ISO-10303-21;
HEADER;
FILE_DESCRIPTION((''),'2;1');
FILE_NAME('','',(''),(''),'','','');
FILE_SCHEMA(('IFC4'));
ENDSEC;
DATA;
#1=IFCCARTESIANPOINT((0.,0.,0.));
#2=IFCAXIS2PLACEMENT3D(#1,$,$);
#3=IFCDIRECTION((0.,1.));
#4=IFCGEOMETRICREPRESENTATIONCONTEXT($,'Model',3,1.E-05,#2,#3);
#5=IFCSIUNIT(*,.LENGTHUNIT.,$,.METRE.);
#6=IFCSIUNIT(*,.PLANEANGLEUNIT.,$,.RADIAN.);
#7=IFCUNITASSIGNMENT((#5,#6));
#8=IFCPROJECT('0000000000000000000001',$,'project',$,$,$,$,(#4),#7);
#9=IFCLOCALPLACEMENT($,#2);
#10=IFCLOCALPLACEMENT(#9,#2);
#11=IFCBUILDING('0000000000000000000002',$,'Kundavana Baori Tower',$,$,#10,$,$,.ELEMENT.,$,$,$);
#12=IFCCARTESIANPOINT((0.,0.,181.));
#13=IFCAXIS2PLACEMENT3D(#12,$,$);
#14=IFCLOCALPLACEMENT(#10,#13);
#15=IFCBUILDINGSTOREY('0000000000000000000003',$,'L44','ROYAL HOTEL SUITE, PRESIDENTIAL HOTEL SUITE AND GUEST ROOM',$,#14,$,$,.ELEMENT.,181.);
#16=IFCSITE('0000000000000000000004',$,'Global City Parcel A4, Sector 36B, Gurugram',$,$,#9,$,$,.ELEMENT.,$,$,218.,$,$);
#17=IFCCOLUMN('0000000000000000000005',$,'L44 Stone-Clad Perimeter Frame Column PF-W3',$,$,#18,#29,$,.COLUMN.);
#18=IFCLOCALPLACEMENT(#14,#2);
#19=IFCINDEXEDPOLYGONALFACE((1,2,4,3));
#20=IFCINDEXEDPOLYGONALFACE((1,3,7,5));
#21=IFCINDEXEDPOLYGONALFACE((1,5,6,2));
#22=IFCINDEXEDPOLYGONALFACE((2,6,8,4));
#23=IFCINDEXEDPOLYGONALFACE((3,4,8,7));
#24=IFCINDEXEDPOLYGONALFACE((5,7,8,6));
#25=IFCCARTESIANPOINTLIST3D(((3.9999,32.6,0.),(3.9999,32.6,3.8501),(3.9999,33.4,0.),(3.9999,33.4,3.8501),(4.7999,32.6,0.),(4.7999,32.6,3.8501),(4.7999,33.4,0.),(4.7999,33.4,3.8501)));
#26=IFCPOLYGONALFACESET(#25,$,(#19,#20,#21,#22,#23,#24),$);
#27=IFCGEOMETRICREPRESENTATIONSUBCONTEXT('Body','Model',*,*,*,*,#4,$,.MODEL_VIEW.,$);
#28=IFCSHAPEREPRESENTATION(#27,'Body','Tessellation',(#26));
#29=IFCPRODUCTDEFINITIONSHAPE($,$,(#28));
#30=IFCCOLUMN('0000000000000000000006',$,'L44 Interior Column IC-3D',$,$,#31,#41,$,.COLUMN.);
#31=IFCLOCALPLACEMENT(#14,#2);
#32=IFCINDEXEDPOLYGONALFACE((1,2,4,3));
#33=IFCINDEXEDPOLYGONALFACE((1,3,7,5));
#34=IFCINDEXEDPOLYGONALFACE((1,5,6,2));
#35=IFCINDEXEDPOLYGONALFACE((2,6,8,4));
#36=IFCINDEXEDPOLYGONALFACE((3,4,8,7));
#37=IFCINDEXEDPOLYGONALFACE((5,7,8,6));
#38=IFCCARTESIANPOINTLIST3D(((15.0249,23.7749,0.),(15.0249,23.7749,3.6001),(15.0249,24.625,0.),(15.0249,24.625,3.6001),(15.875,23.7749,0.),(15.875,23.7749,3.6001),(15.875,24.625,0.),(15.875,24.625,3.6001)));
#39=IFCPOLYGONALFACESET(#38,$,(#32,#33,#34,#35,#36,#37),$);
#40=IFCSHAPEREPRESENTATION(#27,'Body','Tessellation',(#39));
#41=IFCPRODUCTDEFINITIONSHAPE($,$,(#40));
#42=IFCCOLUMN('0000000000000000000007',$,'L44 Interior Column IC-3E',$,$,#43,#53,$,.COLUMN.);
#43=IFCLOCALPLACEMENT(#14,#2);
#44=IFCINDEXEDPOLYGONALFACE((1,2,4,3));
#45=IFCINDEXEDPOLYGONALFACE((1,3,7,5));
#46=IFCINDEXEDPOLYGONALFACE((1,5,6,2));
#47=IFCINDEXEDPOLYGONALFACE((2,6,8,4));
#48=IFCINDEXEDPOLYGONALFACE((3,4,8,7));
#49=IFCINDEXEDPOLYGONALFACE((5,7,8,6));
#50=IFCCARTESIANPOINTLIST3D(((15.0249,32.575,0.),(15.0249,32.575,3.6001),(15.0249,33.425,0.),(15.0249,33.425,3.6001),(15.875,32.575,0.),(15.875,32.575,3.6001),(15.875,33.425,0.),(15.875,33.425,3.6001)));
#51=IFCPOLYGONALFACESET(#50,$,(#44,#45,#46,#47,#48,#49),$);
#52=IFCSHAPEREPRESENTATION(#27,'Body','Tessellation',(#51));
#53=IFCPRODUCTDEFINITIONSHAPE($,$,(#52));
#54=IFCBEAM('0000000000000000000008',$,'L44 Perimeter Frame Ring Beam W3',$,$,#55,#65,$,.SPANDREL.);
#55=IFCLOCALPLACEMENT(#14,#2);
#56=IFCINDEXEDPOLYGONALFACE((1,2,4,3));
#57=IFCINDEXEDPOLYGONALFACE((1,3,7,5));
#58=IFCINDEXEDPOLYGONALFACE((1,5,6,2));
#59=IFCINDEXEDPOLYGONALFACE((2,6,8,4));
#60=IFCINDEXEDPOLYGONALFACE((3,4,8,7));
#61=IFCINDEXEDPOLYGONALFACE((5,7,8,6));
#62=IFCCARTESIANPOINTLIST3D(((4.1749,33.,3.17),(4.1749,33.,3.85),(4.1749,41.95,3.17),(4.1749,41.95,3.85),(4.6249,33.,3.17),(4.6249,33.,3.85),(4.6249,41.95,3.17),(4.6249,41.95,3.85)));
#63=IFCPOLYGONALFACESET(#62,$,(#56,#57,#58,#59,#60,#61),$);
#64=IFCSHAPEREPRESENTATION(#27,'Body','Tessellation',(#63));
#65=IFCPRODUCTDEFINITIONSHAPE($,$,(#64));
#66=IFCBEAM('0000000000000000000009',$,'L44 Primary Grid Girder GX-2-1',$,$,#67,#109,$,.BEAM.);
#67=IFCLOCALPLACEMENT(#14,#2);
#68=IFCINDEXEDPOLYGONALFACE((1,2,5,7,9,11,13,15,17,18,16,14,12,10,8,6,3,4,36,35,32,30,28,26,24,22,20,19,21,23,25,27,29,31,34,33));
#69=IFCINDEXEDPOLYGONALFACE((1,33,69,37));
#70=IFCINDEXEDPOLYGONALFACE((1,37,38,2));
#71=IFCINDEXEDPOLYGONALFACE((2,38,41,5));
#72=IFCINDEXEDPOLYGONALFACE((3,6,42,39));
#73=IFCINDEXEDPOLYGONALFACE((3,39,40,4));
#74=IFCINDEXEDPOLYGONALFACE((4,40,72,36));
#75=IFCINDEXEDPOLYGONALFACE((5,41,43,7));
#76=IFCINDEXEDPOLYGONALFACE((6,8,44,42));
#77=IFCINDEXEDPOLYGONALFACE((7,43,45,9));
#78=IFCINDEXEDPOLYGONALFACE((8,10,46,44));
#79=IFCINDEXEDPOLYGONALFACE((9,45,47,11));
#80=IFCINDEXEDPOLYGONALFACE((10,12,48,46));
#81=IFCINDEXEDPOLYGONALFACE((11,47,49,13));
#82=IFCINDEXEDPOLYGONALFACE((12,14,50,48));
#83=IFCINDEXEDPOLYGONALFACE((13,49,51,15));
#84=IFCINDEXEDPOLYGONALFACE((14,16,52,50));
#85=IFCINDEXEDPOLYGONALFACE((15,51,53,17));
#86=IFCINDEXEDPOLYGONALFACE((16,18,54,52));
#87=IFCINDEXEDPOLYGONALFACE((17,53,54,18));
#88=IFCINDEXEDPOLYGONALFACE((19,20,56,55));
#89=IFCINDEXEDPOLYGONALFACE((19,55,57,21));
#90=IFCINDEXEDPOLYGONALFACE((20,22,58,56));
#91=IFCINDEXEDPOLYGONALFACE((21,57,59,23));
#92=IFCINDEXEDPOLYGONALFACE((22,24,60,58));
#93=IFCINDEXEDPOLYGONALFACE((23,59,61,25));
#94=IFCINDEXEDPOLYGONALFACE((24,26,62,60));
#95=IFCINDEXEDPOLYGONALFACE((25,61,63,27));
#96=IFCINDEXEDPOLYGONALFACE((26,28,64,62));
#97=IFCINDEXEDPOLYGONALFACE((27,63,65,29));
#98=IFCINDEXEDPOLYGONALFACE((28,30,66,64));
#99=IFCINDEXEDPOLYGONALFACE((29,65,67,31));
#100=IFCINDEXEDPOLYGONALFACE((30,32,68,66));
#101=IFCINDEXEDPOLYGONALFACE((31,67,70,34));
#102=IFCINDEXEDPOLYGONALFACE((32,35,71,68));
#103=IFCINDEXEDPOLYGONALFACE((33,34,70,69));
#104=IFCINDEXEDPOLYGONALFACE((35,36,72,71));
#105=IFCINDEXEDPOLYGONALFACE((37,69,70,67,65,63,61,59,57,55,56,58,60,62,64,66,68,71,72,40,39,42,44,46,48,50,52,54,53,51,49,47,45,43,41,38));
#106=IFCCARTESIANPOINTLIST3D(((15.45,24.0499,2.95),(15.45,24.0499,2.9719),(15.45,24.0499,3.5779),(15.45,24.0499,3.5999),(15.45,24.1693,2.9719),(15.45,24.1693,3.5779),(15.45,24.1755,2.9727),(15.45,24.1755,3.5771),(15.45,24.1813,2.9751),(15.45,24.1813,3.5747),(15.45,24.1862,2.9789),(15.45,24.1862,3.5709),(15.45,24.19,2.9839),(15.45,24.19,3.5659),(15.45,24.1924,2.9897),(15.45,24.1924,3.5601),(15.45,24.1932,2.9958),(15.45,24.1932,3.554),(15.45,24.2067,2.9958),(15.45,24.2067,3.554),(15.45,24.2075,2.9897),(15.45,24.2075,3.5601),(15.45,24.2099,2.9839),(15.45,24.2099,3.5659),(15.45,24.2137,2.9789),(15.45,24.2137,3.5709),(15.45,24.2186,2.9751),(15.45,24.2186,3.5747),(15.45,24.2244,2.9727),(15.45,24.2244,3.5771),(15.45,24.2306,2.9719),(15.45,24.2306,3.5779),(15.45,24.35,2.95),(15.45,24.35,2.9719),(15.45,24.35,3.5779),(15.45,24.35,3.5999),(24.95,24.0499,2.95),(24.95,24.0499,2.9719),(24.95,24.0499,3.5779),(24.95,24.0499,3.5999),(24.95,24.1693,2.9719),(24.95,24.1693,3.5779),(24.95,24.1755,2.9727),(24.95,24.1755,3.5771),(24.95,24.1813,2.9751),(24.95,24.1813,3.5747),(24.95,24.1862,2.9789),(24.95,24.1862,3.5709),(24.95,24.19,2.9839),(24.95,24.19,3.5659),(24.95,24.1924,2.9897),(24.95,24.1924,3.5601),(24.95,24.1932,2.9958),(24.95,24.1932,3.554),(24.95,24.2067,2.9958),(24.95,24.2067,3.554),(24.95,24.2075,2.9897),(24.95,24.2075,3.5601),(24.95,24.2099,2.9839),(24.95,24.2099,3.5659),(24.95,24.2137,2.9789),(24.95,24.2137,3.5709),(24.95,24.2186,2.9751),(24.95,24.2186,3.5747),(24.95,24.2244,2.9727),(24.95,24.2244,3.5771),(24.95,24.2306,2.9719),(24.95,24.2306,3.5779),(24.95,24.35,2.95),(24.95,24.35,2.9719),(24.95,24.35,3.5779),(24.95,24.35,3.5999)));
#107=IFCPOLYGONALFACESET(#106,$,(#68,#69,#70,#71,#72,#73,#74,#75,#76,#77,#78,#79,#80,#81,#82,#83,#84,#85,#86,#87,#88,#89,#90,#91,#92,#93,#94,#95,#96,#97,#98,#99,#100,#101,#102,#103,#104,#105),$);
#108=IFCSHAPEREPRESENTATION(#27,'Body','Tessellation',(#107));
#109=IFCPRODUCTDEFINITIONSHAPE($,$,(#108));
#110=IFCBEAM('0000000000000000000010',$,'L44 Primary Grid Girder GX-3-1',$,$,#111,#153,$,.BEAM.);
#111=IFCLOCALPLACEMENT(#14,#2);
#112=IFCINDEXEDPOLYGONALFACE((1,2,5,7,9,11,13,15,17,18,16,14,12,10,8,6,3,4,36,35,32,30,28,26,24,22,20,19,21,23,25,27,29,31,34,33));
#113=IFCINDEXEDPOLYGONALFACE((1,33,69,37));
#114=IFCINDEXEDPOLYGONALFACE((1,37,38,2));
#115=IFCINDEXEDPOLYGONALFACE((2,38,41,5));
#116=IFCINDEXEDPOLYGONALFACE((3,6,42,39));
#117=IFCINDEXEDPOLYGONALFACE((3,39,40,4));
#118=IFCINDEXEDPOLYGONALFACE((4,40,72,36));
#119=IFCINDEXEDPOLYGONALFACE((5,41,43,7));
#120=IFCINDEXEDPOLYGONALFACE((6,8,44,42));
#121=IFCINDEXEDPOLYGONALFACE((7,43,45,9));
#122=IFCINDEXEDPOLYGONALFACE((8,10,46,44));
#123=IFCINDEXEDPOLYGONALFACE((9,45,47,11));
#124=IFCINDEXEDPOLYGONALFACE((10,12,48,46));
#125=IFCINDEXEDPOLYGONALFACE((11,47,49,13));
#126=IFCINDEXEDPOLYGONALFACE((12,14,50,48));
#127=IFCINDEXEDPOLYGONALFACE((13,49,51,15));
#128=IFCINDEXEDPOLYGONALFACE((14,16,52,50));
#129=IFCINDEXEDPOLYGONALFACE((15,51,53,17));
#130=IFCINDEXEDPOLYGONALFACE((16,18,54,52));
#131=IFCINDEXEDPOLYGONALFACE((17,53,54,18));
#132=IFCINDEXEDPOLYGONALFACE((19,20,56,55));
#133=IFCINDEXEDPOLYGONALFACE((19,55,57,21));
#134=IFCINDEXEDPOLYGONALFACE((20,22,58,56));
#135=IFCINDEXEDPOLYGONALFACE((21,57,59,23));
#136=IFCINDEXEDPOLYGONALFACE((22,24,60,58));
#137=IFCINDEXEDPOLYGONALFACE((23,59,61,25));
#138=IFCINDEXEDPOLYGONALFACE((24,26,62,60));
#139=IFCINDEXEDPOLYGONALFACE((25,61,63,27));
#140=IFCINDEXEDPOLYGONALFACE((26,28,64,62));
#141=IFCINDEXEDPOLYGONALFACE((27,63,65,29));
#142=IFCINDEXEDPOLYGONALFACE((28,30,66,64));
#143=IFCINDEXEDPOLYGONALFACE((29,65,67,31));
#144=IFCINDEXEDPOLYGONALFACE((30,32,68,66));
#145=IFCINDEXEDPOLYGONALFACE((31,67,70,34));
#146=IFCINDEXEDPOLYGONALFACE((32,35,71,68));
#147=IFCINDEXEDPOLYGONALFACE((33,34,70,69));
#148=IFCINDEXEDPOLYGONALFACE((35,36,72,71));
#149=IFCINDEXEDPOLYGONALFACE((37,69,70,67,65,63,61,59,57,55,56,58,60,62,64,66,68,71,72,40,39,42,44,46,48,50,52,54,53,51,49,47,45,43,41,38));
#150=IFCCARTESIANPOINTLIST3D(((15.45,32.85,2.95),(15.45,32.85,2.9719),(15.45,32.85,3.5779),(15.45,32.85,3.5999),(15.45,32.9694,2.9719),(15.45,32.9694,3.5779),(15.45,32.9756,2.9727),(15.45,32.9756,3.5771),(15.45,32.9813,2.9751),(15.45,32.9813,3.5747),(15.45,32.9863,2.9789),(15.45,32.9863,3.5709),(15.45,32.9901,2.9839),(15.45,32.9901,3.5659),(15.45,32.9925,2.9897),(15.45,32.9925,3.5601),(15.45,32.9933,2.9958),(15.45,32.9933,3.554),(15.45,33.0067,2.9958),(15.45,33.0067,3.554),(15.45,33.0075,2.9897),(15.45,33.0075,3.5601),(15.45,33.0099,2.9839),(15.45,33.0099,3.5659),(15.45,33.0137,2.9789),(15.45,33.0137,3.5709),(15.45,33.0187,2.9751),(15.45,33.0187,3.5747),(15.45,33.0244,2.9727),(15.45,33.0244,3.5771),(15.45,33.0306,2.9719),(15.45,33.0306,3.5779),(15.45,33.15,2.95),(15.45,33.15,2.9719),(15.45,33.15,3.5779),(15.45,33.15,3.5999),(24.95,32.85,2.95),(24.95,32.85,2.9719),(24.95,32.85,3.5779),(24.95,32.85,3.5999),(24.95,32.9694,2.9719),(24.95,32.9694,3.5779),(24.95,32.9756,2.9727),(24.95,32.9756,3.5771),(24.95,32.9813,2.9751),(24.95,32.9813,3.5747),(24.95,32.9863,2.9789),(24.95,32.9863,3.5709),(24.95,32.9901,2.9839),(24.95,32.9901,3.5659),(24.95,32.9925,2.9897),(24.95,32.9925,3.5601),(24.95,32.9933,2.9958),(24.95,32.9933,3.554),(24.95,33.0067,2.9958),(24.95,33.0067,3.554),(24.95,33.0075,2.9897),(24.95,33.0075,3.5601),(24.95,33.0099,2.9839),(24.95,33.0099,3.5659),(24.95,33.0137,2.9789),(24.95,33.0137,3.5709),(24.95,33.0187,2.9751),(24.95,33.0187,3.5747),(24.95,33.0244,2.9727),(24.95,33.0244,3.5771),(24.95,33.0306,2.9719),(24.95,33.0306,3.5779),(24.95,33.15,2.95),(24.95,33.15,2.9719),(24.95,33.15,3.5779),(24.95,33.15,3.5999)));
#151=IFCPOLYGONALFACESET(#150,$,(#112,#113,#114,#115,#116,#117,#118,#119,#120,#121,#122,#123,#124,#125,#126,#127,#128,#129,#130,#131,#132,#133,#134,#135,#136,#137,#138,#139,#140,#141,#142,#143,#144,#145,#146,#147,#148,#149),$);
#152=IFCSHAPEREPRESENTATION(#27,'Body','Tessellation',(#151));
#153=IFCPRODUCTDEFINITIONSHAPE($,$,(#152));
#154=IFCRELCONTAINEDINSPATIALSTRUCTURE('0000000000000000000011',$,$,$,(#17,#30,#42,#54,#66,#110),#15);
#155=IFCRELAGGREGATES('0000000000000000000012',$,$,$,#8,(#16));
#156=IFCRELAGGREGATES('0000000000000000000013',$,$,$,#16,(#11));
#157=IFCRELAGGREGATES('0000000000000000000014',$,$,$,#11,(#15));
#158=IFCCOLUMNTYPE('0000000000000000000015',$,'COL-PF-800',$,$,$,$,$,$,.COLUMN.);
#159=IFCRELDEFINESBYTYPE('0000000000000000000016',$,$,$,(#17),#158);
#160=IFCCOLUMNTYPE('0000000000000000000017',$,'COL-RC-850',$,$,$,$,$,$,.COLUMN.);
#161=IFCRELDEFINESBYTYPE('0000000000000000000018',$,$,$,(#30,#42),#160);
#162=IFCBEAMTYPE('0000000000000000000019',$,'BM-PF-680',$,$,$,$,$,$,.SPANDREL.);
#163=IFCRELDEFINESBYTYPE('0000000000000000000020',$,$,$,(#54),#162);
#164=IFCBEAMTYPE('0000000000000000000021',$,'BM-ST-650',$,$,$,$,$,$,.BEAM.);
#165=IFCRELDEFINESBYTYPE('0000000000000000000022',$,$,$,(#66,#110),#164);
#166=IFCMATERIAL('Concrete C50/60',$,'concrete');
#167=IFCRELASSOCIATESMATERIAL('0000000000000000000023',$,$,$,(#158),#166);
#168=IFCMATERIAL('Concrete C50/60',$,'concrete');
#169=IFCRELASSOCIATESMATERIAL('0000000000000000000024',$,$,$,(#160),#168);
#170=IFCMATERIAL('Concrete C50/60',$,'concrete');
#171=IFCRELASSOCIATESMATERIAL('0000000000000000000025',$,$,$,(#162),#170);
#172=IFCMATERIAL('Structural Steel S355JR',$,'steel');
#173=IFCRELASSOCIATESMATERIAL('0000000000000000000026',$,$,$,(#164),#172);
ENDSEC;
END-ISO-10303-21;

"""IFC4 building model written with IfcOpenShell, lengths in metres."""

from ifc_helpers import new_model, si_unit, direction, frame, origin, origin_2d, place, context, subcontext, project, spatial, rectangle, i_section, extrude, material, material_profile, profile_set, type_object, element, save


model = new_model("IFC4")

# Units and contexts
model_context = context("Model", 3, precision=1e-05, world=origin(), true_north=direction((0.0, 1.0)))
body_context = subcontext(model_context, "Body", "Model", "MODEL_VIEW")
ifc_project = project(units=[si_unit("LENGTHUNIT", "METRE"), si_unit("PLANEANGLEUNIT", "RADIAN")], contexts=[model_context])

# Site, building, storey
site_placement = place(None, origin())
site = spatial("IfcSite", under=ifc_project, at=site_placement, Name="Global City Parcel A4, Sector 36B, Gurugram", CompositionType="ELEMENT", RefElevation=218.0)
building_placement = place(site_placement, origin())
building = spatial("IfcBuilding", under=site, at=building_placement, Name="Kundavana Baori Tower", CompositionType="ELEMENT")
storey_placement = place(building_placement, frame((0.0, 0.0, 181.0)))
storey = spatial("IfcBuildingStorey", under=building, at=storey_placement, Name="L44", Description="ROYAL HOTEL SUITE, PRESIDENTIAL HOTEL SUITE AND GUEST ROOM", CompositionType="ELEMENT", Elevation=181.0)

# Columns
ifc_material_1 = material(Name="Concrete C50/60", Category="concrete")
ifc_material_profile_1 = material_profile(ifc_material_1, rectangle(XDim=0.8, YDim=0.8, at=origin_2d()), Name="RC PF 800x800")
ifc_profile_set_1 = profile_set([ifc_material_profile_1], Name="Concrete C50/60")
column_type_1 = type_object("IfcColumnType", Name="COL-PF-800", PredefinedType="COLUMN", material=ifc_profile_set_1)
column_placement = place(storey_placement, frame((4.3999, 33.0, 0.0), z_axis=(0.0, 0.0, 1.0), x_axis=(1.0, 0.0, 0.0)))
element("IfcColumn", 1, at=column_placement, inside=storey, type_object=column_type_1, Name="L44 Stone-Clad Perimeter Frame Column PF-W3", PredefinedType="COLUMN", context=body_context, shape_type="SweptSolid", body=[
    extrude(rectangle(XDim=0.8, YDim=0.8, at=origin_2d()), origin(), (0.0, 0.0, 1.0), 3.8501),
])
ifc_material_2 = material(Name="Concrete C50/60", Category="concrete")
ifc_material_profile_2 = material_profile(ifc_material_2, rectangle(XDim=0.8501, YDim=0.8501, at=origin_2d()), Name="RC 850x850")
ifc_profile_set_2 = profile_set([ifc_material_profile_2], Name="Concrete C50/60")
column_type_2 = type_object("IfcColumnType", Name="COL-RC-850", PredefinedType="COLUMN", material=ifc_profile_set_2)
for number, where, z_axis, x_axis, name in (
    (2, (15.45, 24.2, 0.0), (0.0, 0.0, 1.0), (1.0, 0.0, 0.0), "L44 Interior Column IC-3D"),
    (3, (15.45, 33.0, 0.0), (0.0, 0.0, 1.0), (1.0, 0.0, 0.0), "L44 Interior Column IC-3E"),
):
    element("IfcColumn", number, at=place(storey_placement, frame(where, z_axis=z_axis, x_axis=x_axis)), inside=storey, type_object=column_type_2, Name=name, PredefinedType="COLUMN", context=body_context, shape_type="SweptSolid", body=[
        extrude(rectangle(XDim=0.8501, YDim=0.8501, at=origin_2d()), origin(), (0.0, 0.0, 1.0), 3.6001),
    ])

# Beams
ifc_material_3 = material(Name="Concrete C50/60", Category="concrete")
ifc_material_profile_3 = material_profile(ifc_material_3, rectangle(XDim=0.45, YDim=0.6799, at=origin_2d()), Name="RC BM 450x680")
ifc_profile_set_3 = profile_set([ifc_material_profile_3], Name="Concrete C50/60")
beam_type_1 = type_object("IfcBeamType", Name="BM-PF-680", PredefinedType="SPANDREL", material=ifc_profile_set_3)
beam_placement = place(storey_placement, frame((4.3999, 33.0, 3.51), z_axis=(0.0, 1.0, 0.0), x_axis=(-1.0, 0.0, 0.0)))
element("IfcBeam", 4, at=beam_placement, inside=storey, type_object=beam_type_1, Name="L44 Perimeter Frame Ring Beam W3", PredefinedType="SPANDREL", context=body_context, shape_type="SweptSolid", body=[
    extrude(rectangle(XDim=0.45, YDim=0.6799, at=origin_2d()), origin(), (0.0, 0.0, 1.0), 8.95),
])
ifc_material_4 = material(Name="Structural Steel S355JR", Category="steel")
ifc_material_profile_4 = material_profile(ifc_material_4, i_section(OverallWidth=0.3, OverallDepth=0.6499, WebThickness=0.0134, FlangeThickness=0.022, FilletRadius=0.0239, at=origin_2d()), Name="NPB 650x300x155")
ifc_profile_set_4 = profile_set([ifc_material_profile_4], Name="Structural Steel S355JR")
beam_type_2 = type_object("IfcBeamType", Name="BM-ST-650", PredefinedType="BEAM", material=ifc_profile_set_4)
for number, where, z_axis, x_axis, name in (
    (5, (15.45, 24.2, 3.2749), (1.0, 0.0, 0.0), (0.0, 1.0, 0.0), "L44 Primary Grid Girder GX-2-1"),
    (6, (15.45, 33.0, 3.2749), (1.0, 0.0, 0.0), (0.0, 1.0, 0.0), "L44 Primary Grid Girder GX-3-1"),
):
    element("IfcBeam", number, at=place(storey_placement, frame(where, z_axis=z_axis, x_axis=x_axis)), inside=storey, type_object=beam_type_2, Name=name, PredefinedType="BEAM", context=body_context, shape_type="SweptSolid", body=[
        extrude(i_section(OverallWidth=0.3, OverallDepth=0.6499, WebThickness=0.0134, FlangeThickness=0.022, FilletRadius=0.0239, at=origin_2d()), origin(), (0.0, 0.0, 1.0), 9.5),
    ])

save(model, "model.ifc")
